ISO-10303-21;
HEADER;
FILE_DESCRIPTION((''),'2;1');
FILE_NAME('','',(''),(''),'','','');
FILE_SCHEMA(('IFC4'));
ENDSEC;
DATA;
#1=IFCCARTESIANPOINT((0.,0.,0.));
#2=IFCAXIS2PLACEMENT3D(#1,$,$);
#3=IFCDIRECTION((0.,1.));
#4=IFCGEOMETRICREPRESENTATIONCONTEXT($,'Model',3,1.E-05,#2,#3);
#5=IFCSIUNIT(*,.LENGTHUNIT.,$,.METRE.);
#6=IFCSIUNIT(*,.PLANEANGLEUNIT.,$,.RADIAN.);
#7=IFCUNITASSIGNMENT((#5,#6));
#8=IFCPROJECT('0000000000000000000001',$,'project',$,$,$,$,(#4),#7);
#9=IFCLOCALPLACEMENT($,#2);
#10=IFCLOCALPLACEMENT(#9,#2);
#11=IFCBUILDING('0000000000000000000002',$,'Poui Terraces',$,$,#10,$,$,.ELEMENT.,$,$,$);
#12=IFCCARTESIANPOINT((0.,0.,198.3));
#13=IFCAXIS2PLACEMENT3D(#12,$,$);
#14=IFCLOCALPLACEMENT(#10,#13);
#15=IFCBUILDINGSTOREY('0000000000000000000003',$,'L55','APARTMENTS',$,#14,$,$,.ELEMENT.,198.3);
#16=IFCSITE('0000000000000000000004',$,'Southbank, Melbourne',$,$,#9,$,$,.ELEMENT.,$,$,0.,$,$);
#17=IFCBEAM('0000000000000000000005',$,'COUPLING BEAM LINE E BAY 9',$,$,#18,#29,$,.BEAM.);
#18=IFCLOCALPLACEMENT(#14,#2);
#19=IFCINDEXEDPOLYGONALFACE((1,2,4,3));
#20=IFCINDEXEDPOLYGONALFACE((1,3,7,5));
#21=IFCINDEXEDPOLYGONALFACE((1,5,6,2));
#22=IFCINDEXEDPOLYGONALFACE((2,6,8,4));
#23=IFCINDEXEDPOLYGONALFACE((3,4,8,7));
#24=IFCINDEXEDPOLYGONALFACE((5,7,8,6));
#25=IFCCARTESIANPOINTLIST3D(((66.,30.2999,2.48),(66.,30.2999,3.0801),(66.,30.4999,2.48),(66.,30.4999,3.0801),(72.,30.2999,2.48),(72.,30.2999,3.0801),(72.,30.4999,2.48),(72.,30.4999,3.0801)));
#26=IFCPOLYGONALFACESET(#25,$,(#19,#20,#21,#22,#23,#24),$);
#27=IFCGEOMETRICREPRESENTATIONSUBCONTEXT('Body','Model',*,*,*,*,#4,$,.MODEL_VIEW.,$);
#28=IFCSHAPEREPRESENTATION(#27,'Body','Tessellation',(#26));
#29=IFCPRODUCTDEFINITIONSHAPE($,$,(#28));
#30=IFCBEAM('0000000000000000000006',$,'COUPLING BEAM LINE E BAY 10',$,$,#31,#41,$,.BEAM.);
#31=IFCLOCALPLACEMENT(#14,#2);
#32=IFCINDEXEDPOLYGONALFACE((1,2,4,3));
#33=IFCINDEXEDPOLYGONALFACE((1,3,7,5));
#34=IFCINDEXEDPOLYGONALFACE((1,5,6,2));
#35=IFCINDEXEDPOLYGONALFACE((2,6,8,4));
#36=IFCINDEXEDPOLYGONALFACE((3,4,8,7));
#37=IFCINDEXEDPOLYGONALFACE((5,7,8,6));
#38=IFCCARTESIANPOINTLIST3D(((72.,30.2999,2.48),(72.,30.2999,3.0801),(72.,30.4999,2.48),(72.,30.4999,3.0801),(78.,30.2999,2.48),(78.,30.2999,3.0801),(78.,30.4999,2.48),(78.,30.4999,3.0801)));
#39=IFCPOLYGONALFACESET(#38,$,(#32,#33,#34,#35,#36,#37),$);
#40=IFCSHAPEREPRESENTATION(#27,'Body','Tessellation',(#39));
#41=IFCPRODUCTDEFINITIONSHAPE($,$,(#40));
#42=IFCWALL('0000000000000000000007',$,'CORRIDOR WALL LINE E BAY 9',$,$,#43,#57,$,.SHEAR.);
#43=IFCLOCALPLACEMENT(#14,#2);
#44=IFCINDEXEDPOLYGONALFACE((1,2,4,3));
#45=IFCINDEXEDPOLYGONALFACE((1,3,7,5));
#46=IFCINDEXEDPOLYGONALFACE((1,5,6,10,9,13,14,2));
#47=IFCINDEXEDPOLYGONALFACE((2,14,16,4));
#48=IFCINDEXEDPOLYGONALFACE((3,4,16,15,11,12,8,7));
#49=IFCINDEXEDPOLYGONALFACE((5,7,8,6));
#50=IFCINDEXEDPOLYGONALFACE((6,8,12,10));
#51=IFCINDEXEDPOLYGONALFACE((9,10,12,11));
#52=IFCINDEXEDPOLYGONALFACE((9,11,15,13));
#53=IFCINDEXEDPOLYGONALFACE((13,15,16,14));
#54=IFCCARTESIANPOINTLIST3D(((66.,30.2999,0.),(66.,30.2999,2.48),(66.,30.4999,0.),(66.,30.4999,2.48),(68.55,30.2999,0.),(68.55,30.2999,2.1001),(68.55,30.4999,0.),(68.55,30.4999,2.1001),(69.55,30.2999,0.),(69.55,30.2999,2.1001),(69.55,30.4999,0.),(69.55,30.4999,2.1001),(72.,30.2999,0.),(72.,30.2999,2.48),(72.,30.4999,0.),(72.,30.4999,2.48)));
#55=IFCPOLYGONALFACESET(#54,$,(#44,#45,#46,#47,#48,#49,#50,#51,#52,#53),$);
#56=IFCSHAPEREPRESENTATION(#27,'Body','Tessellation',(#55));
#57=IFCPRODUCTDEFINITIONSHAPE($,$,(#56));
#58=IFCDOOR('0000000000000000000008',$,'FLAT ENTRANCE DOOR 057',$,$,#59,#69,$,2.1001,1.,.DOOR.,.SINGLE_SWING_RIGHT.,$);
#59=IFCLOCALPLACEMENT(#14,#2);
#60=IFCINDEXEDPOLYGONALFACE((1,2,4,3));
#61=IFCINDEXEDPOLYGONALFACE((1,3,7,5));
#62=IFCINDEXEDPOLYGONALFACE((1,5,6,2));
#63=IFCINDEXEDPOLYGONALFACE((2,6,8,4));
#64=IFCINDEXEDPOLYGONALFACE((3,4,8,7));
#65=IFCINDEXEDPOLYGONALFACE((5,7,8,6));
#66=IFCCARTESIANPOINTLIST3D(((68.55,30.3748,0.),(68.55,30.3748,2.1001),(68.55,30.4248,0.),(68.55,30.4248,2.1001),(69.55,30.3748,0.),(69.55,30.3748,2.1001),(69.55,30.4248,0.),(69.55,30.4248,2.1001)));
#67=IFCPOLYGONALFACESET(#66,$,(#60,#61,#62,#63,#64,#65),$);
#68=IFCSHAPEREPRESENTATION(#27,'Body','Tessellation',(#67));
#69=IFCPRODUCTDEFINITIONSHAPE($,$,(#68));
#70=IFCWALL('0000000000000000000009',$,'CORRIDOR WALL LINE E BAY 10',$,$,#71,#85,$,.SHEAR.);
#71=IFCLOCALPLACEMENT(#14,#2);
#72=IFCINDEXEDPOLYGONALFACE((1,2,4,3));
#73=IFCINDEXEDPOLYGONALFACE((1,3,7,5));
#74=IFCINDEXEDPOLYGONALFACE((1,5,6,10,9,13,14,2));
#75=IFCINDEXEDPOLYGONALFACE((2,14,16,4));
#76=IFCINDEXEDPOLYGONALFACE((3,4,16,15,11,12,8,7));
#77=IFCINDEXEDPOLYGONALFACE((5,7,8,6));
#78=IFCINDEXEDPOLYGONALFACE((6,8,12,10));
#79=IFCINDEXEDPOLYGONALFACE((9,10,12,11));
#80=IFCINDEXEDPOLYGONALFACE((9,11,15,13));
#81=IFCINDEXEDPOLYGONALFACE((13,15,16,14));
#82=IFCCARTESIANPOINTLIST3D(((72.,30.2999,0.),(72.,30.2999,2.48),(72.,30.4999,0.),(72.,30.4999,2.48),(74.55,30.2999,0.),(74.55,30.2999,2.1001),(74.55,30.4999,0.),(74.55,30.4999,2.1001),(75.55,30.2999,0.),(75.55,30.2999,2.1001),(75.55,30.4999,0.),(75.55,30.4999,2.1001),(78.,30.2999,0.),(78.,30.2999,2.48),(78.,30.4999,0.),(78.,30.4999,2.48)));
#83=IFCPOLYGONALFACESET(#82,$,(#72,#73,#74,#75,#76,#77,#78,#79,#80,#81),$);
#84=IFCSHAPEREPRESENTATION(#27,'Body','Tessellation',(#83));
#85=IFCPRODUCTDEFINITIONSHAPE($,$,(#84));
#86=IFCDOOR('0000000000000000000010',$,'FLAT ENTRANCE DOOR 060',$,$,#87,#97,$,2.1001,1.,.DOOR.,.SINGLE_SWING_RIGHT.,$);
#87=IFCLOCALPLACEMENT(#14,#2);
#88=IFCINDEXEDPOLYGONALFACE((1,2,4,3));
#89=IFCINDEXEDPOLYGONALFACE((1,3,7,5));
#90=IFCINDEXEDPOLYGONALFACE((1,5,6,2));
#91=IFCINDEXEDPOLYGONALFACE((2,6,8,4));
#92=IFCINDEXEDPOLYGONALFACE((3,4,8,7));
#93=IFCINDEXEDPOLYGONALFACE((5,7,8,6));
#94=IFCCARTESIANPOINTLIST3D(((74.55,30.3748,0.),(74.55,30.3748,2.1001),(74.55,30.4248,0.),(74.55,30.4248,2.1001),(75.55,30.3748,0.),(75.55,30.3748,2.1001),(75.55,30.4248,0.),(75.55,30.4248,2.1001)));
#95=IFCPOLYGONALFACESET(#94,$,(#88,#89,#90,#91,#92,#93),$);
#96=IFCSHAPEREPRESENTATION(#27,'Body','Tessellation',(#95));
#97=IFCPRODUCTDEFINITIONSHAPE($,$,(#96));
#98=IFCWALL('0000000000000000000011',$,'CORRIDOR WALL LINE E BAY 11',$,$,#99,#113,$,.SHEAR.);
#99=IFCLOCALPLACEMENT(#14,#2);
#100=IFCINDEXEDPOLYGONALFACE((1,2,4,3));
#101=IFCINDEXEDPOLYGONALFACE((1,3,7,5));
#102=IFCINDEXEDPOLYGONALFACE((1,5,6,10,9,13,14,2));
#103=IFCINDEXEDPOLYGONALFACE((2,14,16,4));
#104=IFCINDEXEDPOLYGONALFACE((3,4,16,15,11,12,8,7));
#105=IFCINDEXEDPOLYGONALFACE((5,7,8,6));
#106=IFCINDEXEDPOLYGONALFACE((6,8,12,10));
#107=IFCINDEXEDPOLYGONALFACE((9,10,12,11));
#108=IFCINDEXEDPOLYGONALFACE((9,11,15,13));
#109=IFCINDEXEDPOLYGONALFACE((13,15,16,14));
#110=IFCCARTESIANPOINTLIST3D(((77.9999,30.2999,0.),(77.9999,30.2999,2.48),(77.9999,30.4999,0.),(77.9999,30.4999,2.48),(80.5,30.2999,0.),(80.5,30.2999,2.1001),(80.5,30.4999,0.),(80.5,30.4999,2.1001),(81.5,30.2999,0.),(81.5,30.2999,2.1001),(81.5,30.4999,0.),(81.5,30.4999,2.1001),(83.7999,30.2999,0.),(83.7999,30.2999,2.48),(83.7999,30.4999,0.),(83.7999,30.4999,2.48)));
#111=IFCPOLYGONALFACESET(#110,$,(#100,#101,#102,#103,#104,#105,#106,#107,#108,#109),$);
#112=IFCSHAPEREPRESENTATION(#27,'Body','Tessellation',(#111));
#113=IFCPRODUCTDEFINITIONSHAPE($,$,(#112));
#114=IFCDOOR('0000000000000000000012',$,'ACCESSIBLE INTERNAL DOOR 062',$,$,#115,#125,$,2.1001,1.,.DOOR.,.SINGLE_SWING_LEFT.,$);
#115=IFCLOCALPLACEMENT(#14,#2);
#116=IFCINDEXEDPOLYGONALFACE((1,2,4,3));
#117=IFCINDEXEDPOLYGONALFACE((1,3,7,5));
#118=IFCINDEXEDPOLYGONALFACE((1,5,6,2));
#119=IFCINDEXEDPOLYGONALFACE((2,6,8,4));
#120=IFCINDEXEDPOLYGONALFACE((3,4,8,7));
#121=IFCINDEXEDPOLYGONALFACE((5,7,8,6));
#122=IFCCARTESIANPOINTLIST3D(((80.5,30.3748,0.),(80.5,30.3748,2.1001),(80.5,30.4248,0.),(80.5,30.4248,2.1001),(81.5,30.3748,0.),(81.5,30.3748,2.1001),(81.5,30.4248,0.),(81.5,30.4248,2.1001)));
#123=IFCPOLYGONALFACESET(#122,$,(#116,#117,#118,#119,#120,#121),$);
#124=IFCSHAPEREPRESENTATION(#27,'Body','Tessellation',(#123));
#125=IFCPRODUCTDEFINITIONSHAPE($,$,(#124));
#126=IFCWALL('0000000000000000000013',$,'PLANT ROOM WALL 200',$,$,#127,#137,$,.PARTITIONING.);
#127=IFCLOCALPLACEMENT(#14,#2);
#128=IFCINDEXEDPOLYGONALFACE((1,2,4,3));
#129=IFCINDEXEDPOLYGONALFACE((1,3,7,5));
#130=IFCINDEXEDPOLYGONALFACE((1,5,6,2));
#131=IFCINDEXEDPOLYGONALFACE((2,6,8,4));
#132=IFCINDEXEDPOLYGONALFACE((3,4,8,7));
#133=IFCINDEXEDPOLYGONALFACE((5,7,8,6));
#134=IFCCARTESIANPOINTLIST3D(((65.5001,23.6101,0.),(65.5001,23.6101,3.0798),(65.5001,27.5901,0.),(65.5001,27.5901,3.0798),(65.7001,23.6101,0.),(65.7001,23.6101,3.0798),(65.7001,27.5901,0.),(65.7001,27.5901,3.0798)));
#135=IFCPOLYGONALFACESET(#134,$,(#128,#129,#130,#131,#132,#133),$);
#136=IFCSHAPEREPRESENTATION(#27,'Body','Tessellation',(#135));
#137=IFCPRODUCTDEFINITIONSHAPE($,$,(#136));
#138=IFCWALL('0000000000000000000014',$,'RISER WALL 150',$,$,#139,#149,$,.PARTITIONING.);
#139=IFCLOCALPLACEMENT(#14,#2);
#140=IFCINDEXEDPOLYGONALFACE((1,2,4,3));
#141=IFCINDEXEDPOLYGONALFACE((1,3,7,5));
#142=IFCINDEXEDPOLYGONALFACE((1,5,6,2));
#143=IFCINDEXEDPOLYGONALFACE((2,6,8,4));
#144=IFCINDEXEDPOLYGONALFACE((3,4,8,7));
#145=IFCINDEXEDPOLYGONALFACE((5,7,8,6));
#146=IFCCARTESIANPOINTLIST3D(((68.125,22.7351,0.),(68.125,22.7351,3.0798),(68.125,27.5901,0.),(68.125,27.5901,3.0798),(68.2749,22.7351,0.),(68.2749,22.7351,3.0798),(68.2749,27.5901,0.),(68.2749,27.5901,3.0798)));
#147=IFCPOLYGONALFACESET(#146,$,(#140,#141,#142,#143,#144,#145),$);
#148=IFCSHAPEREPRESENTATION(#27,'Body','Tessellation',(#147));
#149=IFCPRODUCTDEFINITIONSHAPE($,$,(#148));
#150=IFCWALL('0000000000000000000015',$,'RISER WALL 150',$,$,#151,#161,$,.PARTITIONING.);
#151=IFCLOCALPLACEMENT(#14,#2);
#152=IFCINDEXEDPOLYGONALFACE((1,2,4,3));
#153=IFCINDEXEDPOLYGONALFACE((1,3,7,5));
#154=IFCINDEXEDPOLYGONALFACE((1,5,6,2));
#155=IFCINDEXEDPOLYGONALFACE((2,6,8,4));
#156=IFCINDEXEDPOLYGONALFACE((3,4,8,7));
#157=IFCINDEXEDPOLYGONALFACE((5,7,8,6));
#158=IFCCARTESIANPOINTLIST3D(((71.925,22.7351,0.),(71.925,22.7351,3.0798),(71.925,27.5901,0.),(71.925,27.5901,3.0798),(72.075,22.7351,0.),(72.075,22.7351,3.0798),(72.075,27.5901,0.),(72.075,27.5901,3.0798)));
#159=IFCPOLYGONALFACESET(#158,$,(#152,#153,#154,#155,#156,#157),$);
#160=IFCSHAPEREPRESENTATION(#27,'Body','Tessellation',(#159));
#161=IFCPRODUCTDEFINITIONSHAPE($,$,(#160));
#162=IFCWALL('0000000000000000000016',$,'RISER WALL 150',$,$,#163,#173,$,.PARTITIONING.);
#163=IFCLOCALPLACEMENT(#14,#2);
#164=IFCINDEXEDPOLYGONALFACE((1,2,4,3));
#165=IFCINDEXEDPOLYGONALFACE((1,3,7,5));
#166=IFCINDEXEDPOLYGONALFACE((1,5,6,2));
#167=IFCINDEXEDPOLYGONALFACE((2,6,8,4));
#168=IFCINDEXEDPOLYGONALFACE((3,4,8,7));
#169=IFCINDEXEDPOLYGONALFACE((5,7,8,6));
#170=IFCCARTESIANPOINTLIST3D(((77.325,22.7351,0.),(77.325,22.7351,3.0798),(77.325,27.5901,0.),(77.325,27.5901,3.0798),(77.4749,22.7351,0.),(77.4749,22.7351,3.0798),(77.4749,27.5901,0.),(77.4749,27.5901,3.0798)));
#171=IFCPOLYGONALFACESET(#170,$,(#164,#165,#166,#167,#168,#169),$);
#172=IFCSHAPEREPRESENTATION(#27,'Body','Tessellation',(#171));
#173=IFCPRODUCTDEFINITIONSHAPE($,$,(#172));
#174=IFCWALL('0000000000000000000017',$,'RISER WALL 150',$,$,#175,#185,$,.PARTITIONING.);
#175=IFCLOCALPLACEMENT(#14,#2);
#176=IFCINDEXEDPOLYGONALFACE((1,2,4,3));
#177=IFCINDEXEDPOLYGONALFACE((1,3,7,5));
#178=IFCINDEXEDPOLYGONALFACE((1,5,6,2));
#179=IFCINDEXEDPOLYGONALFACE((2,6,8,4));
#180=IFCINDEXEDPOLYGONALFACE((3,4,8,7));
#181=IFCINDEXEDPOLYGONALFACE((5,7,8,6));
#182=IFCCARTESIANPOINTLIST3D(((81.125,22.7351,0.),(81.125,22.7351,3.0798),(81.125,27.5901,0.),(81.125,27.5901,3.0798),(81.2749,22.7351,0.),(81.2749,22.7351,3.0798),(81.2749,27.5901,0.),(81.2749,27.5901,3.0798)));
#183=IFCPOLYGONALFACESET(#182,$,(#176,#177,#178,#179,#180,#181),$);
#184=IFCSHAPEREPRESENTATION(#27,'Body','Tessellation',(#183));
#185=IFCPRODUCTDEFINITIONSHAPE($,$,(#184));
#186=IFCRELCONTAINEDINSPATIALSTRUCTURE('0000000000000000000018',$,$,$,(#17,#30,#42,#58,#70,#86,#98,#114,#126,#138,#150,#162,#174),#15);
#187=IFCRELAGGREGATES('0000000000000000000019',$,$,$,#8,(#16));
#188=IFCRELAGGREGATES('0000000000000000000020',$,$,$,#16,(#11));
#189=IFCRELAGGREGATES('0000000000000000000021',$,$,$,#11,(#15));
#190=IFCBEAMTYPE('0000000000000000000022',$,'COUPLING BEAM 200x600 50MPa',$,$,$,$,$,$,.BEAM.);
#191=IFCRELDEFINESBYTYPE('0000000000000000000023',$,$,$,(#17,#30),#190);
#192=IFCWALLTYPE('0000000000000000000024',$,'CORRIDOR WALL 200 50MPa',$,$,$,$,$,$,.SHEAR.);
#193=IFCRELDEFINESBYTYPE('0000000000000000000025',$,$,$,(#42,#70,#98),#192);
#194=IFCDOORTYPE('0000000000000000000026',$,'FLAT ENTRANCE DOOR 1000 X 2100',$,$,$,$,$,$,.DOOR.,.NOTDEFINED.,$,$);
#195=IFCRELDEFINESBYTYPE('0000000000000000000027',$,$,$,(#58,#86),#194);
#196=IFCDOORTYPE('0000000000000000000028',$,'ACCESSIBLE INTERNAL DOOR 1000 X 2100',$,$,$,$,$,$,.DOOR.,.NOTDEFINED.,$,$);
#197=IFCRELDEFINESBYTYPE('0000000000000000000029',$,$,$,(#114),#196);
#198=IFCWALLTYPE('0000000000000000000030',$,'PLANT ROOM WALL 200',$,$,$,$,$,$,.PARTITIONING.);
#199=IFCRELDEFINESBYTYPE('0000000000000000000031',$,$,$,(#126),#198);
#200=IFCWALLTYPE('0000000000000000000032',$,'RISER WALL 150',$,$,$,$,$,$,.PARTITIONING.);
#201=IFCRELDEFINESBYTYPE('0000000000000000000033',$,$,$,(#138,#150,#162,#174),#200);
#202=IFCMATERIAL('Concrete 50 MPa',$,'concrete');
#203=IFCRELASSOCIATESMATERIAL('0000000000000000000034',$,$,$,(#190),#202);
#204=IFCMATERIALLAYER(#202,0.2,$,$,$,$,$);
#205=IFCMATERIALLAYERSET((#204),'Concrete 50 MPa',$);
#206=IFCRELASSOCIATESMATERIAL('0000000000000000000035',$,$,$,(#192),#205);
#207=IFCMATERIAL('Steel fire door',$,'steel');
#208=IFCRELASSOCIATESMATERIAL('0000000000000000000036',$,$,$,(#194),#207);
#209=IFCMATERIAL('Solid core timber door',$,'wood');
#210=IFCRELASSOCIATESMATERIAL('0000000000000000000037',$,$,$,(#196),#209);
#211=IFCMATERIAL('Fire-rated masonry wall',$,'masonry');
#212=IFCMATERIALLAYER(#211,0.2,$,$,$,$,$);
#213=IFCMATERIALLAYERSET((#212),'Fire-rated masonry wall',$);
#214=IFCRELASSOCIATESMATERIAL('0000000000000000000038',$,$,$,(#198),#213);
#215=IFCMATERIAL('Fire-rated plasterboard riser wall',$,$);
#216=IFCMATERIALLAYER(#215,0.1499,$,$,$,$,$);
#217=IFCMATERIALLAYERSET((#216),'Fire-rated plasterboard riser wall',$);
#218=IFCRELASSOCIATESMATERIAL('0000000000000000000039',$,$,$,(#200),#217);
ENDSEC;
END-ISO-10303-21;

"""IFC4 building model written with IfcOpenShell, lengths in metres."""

from ifc_helpers import new_model, si_unit, direction, frame, frame_2d, origin, origin_2d, place, context, subcontext, project, spatial, rectangle, extrude, source, transform, mapped, material, layer, layer_set, material_profile, profile_set, type_object, element, fill, save


model = new_model("IFC4")

# Units and contexts
model_context = context("Model", 3, precision=1e-05, world=origin(), true_north=direction((0.0, 1.0)))
body_context = subcontext(model_context, "Body", "Model", "MODEL_VIEW")
ifc_project = project(units=[si_unit("LENGTHUNIT", "METRE"), si_unit("PLANEANGLEUNIT", "RADIAN")], contexts=[model_context])

# Site, building, storey
site_placement = place(None, origin())
site = spatial("IfcSite", under=ifc_project, at=site_placement, Name="Southbank, Melbourne", CompositionType="ELEMENT", RefElevation=0.0)
building_placement = place(site_placement, origin())
building = spatial("IfcBuilding", under=site, at=building_placement, Name="Poui Terraces", CompositionType="ELEMENT")
storey_placement = place(building_placement, frame((0.0, 0.0, 198.3)))
storey = spatial("IfcBuildingStorey", under=building, at=storey_placement, Name="L55", Description="APARTMENTS", CompositionType="ELEMENT", Elevation=198.3)

# Beams
ifc_material_1 = material(Name="Concrete 50 MPa", Category="concrete")
ifc_material_profile = material_profile(ifc_material_1, rectangle(XDim=0.2, YDim=0.6001, at=origin_2d()), Name="RC 200x600")
ifc_profile_set = profile_set([ifc_material_profile], Name="Concrete 50 MPa")
beam_type = type_object("IfcBeamType", Name="COUPLING BEAM 200x600 50MPa", PredefinedType="BEAM", material=ifc_profile_set)
shared_shape = source(origin(), body_context, "Body", "SweptSolid", [
    extrude(rectangle(XDim=0.2, YDim=0.6001, at=origin_2d()), origin(), (0.0, 0.0, 1.0), 6.0),
])
for number, where, z_axis, x_axis, name in (
    (1, (66.0, 30.3999, 2.78), (1.0, 0.0, 0.0), (0.0, 1.0, 0.0), "COUPLING BEAM LINE E BAY 9"),
    (2, (72.0, 30.3999, 2.78), (1.0, 0.0, 0.0), (0.0, 1.0, 0.0), "COUPLING BEAM LINE E BAY 10"),
):
    element("IfcBeam", number, at=place(storey_placement, frame(where, z_axis=z_axis, x_axis=x_axis)), inside=storey, type_object=beam_type, Name=name, PredefinedType="BEAM", context=body_context, shape_type="MappedRepresentation", body=[
        mapped(shared_shape, transform((0.0, 0.0, 0.0))),
    ])

# Walls, openings, doors
ifc_layer_1 = layer(ifc_material_1, 0.2)
ifc_layer_set_1 = layer_set([ifc_layer_1], Name="Concrete 50 MPa")
wall_type_1 = type_object("IfcWallType", Name="CORRIDOR WALL 200 50MPa", PredefinedType="SHEAR", material=ifc_layer_set_1)
wall_1_placement = place(storey_placement, frame((66.0, 30.3999, 0.0), z_axis=(0.0, 0.0, 1.0), x_axis=(1.0, 0.0, 0.0)))
wall_1 = element("IfcWall", 3, at=wall_1_placement, inside=storey, type_object=wall_type_1, Name="CORRIDOR WALL LINE E BAY 9", PredefinedType="SHEAR", context=body_context, shape_type="SweptSolid", body=[
    extrude(rectangle(XDim=6.0, YDim=0.2, at=frame_2d((3.0, 0.0))), origin(), (0.0, 0.0, 1.0), 2.48),
])
opening_1_placement = place(wall_1_placement, frame((2.55, 0.0, 0.0)))
opening_1 = element("IfcOpeningElement", 4, at=opening_1_placement, cuts=wall_1, PredefinedType="OPENING", context=body_context, shape_type="SweptSolid", body=[
    extrude(rectangle(XDim=1.0, YDim=2.1001, at=frame_2d((0.5, 1.05))), frame((0.0, 0.1099, 0.0), z_axis=(0.0, -1.0, 0.0), x_axis=(1.0, 0.0, 0.0)), (0.0, 0.0, 1.0), 0.22),
])
ifc_material_2 = material(Name="Steel fire door", Category="steel")
door_type_1 = type_object("IfcDoorType", Name="FLAT ENTRANCE DOOR 1000 X 2100", OperationType="NOTDEFINED", PredefinedType="DOOR", material=ifc_material_2)
door_1_placement = place(opening_1_placement, origin())
door_1 = element("IfcDoor", 5, at=door_1_placement, inside=storey, type_object=door_type_1, Name="FLAT ENTRANCE DOOR 057", OperationType="SINGLE_SWING_RIGHT", OverallHeight=2.1001, OverallWidth=1.0, PredefinedType="DOOR", context=body_context, shape_type="SweptSolid", body=[
    extrude(rectangle(XDim=1.0, YDim=2.1001, at=frame_2d((0.5, 1.05))), frame((0.0, 0.0249, 0.0), z_axis=(0.0, -1.0, 0.0), x_axis=(1.0, 0.0, 0.0)), (0.0, 0.0, 1.0), 0.05),
])
fill(opening_1, door_1)
wall_2_placement = place(storey_placement, frame((72.0, 30.3999, 0.0), z_axis=(0.0, 0.0, 1.0), x_axis=(1.0, 0.0, 0.0)))
wall_2 = element("IfcWall", 6, at=wall_2_placement, inside=storey, type_object=wall_type_1, Name="CORRIDOR WALL LINE E BAY 10", PredefinedType="SHEAR", context=body_context, shape_type="SweptSolid", body=[
    extrude(rectangle(XDim=6.0, YDim=0.2, at=frame_2d((3.0, 0.0))), origin(), (0.0, 0.0, 1.0), 2.48),
])
opening_2_placement = place(wall_2_placement, frame((2.55, 0.0, 0.0)))
opening_2 = element("IfcOpeningElement", 7, at=opening_2_placement, cuts=wall_2, PredefinedType="OPENING", context=body_context, shape_type="SweptSolid", body=[
    extrude(rectangle(XDim=1.0, YDim=2.1001, at=frame_2d((0.5, 1.05))), frame((0.0, 0.1099, 0.0), z_axis=(0.0, -1.0, 0.0), x_axis=(1.0, 0.0, 0.0)), (0.0, 0.0, 1.0), 0.22),
])
door_2_placement = place(opening_2_placement, origin())
door_2 = element("IfcDoor", 8, at=door_2_placement, inside=storey, type_object=door_type_1, Name="FLAT ENTRANCE DOOR 060", OperationType="SINGLE_SWING_RIGHT", OverallHeight=2.1001, OverallWidth=1.0, PredefinedType="DOOR", context=body_context, shape_type="SweptSolid", body=[
    extrude(rectangle(XDim=1.0, YDim=2.1001, at=frame_2d((0.5, 1.05))), frame((0.0, 0.0249, 0.0), z_axis=(0.0, -1.0, 0.0), x_axis=(1.0, 0.0, 0.0)), (0.0, 0.0, 1.0), 0.05),
])
fill(opening_2, door_2)
wall_3_placement = place(storey_placement, frame((78.0, 30.3999, 0.0), z_axis=(0.0, 0.0, 1.0), x_axis=(1.0, 0.0, 0.0)))
wall_3 = element("IfcWall", 9, at=wall_3_placement, inside=storey, type_object=wall_type_1, Name="CORRIDOR WALL LINE E BAY 11", PredefinedType="SHEAR", context=body_context, shape_type="SweptSolid", body=[
    extrude(rectangle(XDim=5.8, YDim=0.2, at=frame_2d((2.8999, 0.0))), origin(), (0.0, 0.0, 1.0), 2.48),
])
opening_3_placement = place(wall_3_placement, frame((2.5, 0.0, 0.0)))
opening_3 = element("IfcOpeningElement", 10, at=opening_3_placement, cuts=wall_3, PredefinedType="OPENING", context=body_context, shape_type="SweptSolid", body=[
    extrude(rectangle(XDim=1.0, YDim=2.1001, at=frame_2d((0.5, 1.05))), frame((0.0, 0.1099, 0.0), z_axis=(0.0, -1.0, 0.0), x_axis=(1.0, 0.0, 0.0)), (0.0, 0.0, 1.0), 0.22),
])
ifc_material_3 = material(Name="Solid core timber door", Category="wood")
door_type_2 = type_object("IfcDoorType", Name="ACCESSIBLE INTERNAL DOOR 1000 X 2100", OperationType="NOTDEFINED", PredefinedType="DOOR", material=ifc_material_3)
door_3_placement = place(opening_3_placement, origin())
door_3 = element("IfcDoor", 11, at=door_3_placement, inside=storey, type_object=door_type_2, Name="ACCESSIBLE INTERNAL DOOR 062", OperationType="SINGLE_SWING_LEFT", OverallHeight=2.1001, OverallWidth=1.0, PredefinedType="DOOR", context=body_context, shape_type="SweptSolid", body=[
    extrude(rectangle(XDim=1.0, YDim=2.1001, at=frame_2d((0.5, 1.05))), frame((0.0, 0.0249, 0.0), z_axis=(0.0, -1.0, 0.0), x_axis=(1.0, 0.0, 0.0)), (0.0, 0.0, 1.0), 0.05),
])
fill(opening_3, door_3)

# Walls
ifc_material_4 = material(Name="Fire-rated masonry wall", Category="masonry")
ifc_layer_2 = layer(ifc_material_4, 0.2)
ifc_layer_set_2 = layer_set([ifc_layer_2], Name="Fire-rated masonry wall")
wall_type_2 = type_object("IfcWallType", Name="PLANT ROOM WALL 200", PredefinedType="PARTITIONING", material=ifc_layer_set_2)
wall_4_placement = place(storey_placement, frame((65.6001, 23.6101, 0.0), z_axis=(0.0, 0.0, 1.0), x_axis=(0.0, 1.0, 0.0)))
element("IfcWall", 12, at=wall_4_placement, inside=storey, type_object=wall_type_2, Name="PLANT ROOM WALL 200", PredefinedType="PARTITIONING", context=body_context, shape_type="SweptSolid", body=[
    extrude(rectangle(XDim=3.98, YDim=0.2, at=frame_2d((1.99, 0.0))), origin(), (0.0, 0.0, 1.0), 3.0798),
])
ifc_material_5 = material(Name="Fire-rated plasterboard riser wall")
ifc_layer_3 = layer(ifc_material_5, 0.1499)
ifc_layer_set_3 = layer_set([ifc_layer_3], Name="Fire-rated plasterboard riser wall")
wall_type_3 = type_object("IfcWallType", Name="RISER WALL 150", PredefinedType="PARTITIONING", material=ifc_layer_set_3)
for number, where, z_axis, x_axis, name in (
    (13, (68.2, 22.7351, 0.0), (0.0, 0.0, 1.0), (0.0, 1.0, 0.0), "RISER WALL 150"),
    (14, (72.0, 22.7351, 0.0), (0.0, 0.0, 1.0), (0.0, 1.0, 0.0), "RISER WALL 150"),
    (15, (77.3999, 22.7351, 0.0), (0.0, 0.0, 1.0), (0.0, 1.0, 0.0), "RISER WALL 150"),
    (16, (81.2, 22.7351, 0.0), (0.0, 0.0, 1.0), (0.0, 1.0, 0.0), "RISER WALL 150"),
):
    element("IfcWall", number, at=place(storey_placement, frame(where, z_axis=z_axis, x_axis=x_axis)), inside=storey, type_object=wall_type_3, Name=name, PredefinedType="PARTITIONING", context=body_context, shape_type="SweptSolid", body=[
        extrude(rectangle(XDim=4.855, YDim=0.1499, at=frame_2d((2.4275, 0.0))), origin(), (0.0, 0.0, 1.0), 3.0798),
    ])

save(model, "model.ifc")
